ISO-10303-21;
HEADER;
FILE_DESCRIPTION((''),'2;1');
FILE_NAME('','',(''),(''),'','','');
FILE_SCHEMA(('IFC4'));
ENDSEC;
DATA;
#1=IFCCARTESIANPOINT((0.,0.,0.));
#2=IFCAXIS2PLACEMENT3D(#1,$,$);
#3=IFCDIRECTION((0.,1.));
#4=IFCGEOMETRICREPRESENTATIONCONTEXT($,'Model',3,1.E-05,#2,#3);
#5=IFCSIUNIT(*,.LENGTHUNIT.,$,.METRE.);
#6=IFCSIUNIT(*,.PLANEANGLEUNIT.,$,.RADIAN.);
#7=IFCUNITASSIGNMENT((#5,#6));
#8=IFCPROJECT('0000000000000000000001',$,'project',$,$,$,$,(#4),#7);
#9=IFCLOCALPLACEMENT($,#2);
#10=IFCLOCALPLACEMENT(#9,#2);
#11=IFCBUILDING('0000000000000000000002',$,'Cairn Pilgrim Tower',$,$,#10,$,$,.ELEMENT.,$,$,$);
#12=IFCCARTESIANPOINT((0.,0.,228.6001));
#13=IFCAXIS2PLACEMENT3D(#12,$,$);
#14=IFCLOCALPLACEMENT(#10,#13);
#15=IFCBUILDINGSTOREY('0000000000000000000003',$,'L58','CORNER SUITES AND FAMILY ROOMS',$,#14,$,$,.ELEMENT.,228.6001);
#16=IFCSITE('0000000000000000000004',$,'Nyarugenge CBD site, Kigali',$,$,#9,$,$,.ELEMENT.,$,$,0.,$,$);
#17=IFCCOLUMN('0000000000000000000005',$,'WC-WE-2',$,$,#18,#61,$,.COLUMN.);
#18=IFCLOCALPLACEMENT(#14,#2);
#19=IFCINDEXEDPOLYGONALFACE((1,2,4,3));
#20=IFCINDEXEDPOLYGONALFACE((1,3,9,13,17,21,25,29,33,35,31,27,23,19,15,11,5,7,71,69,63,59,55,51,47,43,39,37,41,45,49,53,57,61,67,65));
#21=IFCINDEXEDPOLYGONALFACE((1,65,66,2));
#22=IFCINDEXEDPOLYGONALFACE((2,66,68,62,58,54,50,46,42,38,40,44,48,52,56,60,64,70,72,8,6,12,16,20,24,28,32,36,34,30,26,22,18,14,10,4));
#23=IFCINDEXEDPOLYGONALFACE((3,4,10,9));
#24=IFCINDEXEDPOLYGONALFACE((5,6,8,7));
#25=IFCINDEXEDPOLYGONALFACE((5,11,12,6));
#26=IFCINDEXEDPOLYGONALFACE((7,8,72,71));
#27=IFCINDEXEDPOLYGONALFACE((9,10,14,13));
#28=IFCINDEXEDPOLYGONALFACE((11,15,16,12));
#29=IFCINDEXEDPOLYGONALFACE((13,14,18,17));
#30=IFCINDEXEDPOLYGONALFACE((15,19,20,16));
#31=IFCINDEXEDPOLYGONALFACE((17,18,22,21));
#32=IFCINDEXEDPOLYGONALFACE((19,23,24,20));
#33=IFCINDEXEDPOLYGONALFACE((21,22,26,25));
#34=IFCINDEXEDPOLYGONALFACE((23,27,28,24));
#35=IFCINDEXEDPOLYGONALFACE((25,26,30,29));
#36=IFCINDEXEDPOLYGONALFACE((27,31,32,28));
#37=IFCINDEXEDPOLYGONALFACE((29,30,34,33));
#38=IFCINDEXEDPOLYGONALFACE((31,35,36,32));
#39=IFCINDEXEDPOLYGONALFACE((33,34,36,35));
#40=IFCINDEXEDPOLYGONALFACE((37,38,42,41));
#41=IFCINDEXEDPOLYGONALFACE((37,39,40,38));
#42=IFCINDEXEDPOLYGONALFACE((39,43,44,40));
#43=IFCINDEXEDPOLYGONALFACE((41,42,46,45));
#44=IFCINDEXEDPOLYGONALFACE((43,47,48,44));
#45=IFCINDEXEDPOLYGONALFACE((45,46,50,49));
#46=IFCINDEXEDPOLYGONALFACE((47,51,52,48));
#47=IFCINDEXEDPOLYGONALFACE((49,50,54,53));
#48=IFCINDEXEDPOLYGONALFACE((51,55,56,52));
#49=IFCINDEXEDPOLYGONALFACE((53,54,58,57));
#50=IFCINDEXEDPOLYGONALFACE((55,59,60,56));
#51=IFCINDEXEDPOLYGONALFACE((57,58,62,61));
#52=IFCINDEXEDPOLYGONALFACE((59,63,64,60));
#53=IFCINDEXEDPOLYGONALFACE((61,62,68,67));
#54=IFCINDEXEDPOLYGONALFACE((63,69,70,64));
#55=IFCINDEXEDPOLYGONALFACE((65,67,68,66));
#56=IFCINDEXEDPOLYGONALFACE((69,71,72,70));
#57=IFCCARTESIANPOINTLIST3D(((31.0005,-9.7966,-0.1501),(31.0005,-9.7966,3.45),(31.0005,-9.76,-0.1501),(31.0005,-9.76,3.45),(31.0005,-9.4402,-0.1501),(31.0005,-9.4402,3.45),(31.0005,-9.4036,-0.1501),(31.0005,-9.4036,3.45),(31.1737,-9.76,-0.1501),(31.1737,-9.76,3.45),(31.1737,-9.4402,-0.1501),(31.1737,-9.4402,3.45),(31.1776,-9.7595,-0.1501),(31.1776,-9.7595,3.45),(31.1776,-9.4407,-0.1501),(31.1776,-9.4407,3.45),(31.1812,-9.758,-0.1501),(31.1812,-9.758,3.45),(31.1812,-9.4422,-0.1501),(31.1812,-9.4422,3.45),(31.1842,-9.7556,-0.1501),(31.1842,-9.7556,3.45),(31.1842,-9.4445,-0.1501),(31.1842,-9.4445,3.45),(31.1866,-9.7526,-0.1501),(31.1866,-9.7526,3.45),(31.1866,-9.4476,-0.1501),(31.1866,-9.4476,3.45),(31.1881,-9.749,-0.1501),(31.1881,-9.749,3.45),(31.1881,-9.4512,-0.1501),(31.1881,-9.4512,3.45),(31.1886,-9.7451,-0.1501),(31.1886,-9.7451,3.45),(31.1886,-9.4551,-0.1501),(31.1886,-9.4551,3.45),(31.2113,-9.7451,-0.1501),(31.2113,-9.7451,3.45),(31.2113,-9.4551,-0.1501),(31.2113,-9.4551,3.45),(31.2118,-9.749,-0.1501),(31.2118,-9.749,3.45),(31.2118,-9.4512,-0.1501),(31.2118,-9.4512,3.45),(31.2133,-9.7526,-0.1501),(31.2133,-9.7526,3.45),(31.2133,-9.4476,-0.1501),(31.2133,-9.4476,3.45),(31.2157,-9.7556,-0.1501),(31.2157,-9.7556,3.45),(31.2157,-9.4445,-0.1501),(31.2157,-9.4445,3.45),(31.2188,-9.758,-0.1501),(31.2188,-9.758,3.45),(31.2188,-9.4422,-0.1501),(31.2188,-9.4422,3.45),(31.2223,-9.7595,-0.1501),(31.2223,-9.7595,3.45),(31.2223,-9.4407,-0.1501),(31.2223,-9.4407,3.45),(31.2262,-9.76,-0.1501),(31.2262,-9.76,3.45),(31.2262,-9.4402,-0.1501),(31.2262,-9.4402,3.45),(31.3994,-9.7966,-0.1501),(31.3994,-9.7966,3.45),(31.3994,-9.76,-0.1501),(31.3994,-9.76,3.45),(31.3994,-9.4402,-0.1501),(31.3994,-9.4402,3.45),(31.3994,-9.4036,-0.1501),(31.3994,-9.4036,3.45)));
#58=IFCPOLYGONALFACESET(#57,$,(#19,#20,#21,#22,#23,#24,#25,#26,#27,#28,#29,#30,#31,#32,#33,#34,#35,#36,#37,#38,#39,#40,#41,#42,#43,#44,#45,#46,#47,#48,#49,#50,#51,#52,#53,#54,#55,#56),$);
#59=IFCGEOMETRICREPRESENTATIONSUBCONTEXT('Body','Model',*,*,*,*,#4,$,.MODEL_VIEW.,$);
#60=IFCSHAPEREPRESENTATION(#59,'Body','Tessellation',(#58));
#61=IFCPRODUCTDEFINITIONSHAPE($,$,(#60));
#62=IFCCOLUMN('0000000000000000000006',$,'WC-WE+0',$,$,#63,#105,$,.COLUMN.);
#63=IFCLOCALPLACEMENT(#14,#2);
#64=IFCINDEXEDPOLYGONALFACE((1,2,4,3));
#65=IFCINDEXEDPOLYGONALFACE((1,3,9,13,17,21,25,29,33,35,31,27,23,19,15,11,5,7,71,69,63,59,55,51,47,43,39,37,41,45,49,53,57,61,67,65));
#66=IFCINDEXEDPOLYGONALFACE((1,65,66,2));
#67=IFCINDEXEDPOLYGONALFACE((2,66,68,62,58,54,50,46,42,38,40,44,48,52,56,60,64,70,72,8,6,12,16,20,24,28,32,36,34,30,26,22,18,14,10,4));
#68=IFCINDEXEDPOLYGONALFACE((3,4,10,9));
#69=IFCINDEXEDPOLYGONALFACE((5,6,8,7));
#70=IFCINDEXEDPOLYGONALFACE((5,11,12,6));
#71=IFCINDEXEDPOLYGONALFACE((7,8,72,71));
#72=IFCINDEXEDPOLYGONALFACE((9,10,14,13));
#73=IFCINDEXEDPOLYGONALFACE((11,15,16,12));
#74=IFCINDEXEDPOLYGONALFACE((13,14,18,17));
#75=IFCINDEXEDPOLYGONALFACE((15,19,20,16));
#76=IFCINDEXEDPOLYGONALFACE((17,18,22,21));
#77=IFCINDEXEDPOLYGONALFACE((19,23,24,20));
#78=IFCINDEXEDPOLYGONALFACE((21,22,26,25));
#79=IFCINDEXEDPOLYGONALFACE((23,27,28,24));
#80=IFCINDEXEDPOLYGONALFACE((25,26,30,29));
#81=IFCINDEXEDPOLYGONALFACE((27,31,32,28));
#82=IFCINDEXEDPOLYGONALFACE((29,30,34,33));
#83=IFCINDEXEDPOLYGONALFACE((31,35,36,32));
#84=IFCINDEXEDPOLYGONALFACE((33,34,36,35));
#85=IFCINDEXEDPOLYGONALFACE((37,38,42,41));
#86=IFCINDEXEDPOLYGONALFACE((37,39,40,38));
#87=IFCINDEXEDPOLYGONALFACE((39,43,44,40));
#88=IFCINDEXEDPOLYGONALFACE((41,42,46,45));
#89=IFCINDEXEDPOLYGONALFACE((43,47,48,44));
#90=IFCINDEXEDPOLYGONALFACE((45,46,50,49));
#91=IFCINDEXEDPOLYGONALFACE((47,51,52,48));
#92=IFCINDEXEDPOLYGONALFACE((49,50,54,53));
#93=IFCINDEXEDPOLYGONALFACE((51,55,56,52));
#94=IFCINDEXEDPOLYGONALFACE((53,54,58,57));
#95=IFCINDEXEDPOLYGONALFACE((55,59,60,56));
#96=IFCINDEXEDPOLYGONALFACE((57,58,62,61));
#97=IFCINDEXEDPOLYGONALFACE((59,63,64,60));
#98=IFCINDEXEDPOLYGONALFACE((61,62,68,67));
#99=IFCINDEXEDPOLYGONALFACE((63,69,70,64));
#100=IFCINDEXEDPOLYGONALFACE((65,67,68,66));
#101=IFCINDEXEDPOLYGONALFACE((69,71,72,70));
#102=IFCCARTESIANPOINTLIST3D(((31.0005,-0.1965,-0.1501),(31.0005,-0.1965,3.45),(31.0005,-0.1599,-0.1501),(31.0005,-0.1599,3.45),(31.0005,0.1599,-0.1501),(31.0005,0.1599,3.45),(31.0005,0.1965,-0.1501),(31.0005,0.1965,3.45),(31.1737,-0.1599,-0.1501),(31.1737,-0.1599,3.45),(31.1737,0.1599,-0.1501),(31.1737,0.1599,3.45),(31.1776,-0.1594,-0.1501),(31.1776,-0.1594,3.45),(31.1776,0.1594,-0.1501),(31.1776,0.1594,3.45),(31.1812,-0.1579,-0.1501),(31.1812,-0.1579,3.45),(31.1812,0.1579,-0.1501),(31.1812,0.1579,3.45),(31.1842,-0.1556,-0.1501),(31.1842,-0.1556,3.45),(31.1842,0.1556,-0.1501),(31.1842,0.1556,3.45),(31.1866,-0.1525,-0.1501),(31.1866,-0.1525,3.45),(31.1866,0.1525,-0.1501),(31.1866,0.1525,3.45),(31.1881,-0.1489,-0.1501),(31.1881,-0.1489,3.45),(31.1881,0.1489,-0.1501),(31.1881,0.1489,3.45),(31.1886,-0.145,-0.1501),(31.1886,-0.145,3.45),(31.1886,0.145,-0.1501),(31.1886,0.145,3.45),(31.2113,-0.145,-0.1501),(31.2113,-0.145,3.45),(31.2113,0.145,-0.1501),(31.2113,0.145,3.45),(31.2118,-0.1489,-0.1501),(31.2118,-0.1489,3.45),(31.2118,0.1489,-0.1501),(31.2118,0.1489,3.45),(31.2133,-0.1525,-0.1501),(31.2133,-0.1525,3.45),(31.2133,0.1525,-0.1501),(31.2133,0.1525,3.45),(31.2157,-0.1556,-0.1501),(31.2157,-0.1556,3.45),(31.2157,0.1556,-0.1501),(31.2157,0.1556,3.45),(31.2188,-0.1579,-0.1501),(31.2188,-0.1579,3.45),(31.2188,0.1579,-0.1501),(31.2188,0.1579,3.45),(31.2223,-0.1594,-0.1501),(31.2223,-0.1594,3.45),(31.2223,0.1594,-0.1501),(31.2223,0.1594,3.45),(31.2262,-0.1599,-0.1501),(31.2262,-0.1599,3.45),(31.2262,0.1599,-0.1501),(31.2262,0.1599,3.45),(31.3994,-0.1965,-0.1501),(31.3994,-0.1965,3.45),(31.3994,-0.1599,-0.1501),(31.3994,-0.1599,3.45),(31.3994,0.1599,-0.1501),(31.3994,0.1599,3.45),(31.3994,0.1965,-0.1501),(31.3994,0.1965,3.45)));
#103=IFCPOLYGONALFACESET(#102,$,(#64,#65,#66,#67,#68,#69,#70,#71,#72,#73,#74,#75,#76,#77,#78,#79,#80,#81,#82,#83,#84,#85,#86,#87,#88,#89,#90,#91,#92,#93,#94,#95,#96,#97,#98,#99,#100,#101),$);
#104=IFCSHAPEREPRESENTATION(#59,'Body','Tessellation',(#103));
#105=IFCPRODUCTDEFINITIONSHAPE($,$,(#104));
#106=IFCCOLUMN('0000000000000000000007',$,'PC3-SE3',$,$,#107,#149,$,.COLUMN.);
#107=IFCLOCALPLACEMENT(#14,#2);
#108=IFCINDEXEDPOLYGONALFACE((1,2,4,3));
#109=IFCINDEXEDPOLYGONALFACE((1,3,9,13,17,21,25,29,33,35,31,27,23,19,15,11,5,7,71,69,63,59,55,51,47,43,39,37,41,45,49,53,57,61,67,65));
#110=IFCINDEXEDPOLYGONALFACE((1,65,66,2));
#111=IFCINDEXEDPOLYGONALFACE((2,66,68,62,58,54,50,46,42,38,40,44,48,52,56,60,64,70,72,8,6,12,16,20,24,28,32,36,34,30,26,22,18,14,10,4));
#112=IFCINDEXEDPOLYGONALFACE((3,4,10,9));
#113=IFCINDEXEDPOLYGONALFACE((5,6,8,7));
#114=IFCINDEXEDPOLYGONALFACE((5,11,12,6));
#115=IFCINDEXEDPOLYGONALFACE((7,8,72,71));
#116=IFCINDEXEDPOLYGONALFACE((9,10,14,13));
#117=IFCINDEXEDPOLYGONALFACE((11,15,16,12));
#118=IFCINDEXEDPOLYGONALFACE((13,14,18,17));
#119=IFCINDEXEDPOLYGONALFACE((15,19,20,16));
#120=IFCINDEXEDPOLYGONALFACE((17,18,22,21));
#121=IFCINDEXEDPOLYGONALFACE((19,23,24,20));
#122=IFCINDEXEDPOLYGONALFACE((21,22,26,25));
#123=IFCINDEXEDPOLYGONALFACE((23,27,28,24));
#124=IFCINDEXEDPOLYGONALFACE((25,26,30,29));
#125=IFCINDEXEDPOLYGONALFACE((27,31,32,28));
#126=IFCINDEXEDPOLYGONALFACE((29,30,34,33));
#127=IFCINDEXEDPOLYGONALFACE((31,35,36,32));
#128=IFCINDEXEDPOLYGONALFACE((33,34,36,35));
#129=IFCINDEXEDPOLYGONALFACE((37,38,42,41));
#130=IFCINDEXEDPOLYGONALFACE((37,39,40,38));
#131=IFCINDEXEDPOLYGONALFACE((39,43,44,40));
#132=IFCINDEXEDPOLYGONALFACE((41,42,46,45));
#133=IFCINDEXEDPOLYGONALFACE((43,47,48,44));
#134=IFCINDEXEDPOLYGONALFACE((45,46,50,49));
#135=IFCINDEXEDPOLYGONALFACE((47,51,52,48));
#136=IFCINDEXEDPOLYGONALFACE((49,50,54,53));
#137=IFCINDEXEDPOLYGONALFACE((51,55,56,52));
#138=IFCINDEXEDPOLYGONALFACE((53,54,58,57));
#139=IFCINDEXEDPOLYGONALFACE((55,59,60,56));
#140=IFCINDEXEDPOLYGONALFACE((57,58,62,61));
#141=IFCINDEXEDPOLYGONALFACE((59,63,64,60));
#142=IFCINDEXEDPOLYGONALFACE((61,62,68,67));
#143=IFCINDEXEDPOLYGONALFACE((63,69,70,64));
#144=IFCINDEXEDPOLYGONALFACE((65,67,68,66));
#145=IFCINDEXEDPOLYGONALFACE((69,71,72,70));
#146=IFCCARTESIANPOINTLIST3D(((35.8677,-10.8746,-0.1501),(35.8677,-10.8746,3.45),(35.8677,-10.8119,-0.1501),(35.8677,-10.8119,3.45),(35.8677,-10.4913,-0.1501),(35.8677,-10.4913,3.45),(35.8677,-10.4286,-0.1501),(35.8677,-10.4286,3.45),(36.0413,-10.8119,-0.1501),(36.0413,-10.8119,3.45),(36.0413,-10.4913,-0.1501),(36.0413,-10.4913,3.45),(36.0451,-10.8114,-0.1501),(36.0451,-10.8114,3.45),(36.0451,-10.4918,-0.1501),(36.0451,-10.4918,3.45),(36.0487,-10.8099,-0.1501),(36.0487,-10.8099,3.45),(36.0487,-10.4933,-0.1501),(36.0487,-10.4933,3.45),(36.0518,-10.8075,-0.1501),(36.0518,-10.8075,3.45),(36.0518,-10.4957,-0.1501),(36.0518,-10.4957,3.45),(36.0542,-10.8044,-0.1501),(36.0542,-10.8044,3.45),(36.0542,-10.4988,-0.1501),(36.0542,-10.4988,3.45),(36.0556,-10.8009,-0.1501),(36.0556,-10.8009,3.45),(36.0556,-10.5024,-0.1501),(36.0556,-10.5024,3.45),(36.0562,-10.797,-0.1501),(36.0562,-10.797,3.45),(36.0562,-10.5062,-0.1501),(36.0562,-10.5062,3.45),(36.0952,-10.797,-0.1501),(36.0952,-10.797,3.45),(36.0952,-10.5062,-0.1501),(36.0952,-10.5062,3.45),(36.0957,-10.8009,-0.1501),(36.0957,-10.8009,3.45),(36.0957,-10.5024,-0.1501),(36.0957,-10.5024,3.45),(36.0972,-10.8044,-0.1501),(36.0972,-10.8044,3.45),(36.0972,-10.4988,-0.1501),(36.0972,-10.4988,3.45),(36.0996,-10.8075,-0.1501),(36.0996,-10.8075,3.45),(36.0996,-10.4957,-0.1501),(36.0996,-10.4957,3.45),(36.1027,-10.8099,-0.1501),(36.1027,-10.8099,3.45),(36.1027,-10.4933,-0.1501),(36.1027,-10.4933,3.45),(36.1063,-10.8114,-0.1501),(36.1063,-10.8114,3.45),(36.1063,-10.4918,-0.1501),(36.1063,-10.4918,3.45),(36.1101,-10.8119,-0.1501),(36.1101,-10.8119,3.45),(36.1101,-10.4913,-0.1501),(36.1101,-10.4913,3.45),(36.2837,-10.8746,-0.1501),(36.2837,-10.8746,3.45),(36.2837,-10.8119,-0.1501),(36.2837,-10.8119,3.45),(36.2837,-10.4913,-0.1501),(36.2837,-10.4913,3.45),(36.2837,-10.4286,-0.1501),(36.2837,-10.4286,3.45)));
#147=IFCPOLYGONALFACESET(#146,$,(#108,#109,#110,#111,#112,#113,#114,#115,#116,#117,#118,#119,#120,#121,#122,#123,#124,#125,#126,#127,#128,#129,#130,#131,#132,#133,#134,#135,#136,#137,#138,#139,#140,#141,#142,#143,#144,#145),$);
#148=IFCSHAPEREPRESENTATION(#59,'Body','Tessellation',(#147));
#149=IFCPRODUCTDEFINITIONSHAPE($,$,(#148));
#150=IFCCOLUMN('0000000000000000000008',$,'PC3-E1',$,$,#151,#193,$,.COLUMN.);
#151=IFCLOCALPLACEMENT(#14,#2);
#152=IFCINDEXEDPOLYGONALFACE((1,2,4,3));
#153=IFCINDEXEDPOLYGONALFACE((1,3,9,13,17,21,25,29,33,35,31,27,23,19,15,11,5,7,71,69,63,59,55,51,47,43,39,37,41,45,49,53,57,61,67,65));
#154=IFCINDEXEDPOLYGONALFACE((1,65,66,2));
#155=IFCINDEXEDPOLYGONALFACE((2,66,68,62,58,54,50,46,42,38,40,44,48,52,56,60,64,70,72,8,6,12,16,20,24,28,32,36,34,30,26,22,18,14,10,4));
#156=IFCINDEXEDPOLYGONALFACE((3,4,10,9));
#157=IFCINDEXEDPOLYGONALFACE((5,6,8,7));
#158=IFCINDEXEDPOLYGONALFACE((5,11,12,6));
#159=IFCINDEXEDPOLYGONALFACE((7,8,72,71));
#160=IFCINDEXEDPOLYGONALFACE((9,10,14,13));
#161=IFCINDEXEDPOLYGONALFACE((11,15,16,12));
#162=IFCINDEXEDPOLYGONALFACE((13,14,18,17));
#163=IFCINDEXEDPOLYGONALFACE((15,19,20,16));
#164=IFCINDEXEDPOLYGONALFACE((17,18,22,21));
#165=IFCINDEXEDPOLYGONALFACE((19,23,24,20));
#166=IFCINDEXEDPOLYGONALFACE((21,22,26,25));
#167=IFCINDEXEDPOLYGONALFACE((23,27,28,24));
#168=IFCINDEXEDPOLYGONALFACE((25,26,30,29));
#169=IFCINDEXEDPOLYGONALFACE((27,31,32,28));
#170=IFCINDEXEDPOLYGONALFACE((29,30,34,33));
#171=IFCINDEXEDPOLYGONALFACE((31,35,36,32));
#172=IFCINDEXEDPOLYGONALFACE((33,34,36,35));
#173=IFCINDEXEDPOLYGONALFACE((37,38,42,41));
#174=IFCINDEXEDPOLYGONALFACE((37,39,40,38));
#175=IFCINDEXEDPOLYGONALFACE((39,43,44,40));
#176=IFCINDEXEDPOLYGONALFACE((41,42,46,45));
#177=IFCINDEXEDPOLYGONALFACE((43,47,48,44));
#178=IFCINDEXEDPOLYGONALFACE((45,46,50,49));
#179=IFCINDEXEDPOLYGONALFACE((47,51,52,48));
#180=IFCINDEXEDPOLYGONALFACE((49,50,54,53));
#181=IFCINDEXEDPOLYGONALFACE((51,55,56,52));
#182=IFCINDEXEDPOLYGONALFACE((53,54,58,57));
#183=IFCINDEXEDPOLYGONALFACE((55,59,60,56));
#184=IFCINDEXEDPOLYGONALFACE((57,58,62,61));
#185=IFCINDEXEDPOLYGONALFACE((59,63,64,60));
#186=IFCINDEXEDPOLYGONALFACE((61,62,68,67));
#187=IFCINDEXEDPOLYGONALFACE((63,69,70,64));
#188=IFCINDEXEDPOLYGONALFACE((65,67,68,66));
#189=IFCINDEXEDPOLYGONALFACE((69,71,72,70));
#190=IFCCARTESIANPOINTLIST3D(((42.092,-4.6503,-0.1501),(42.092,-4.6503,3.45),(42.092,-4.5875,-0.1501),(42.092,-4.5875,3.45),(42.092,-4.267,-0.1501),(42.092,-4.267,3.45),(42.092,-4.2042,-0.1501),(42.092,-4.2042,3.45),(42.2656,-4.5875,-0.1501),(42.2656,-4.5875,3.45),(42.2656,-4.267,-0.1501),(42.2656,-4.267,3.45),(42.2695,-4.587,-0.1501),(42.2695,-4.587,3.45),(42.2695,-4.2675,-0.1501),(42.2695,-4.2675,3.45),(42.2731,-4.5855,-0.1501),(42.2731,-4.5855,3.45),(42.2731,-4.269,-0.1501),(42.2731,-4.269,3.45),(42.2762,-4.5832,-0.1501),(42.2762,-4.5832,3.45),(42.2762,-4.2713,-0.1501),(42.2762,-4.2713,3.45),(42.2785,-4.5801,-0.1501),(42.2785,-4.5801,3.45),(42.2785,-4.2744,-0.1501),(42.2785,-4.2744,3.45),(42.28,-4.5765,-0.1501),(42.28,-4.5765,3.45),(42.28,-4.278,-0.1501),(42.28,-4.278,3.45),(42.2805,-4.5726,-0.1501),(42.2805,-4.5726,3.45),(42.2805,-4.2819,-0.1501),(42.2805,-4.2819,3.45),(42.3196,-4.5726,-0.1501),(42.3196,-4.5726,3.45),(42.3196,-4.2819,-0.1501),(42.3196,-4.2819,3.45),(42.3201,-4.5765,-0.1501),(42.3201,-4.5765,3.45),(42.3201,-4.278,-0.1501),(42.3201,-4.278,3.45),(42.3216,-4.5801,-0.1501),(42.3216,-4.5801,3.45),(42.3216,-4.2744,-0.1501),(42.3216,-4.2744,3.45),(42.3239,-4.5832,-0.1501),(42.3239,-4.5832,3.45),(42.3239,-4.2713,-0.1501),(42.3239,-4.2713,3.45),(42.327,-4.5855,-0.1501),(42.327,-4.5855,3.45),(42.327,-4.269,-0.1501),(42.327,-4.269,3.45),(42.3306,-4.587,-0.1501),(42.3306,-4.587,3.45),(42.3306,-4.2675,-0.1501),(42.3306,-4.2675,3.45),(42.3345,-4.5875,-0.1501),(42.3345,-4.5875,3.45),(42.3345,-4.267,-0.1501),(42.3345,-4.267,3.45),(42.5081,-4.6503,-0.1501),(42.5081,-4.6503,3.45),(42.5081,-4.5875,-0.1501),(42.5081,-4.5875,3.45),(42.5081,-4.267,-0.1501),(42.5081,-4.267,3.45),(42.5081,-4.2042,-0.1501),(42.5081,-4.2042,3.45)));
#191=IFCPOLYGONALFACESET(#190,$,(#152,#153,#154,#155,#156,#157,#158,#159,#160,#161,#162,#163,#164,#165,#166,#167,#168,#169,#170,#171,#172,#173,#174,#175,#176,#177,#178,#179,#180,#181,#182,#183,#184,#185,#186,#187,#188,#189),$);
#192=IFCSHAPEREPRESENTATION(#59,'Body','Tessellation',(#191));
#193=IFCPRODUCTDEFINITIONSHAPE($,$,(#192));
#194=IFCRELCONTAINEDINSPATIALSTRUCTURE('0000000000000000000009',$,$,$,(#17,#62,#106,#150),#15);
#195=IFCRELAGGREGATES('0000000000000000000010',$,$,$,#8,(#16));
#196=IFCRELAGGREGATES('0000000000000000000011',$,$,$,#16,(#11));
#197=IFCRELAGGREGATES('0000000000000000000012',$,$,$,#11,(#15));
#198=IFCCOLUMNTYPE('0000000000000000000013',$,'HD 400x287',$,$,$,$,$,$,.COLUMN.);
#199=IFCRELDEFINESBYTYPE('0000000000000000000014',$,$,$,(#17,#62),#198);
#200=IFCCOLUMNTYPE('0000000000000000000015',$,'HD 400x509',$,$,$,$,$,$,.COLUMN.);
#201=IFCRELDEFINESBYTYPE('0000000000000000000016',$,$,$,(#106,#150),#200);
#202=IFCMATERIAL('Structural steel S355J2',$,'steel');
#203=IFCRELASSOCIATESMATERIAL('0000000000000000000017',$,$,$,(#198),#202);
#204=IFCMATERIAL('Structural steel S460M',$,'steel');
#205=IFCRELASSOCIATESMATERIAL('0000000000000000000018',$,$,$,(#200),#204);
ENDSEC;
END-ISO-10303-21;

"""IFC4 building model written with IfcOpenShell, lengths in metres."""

from ifc_helpers import new_model, si_unit, direction, frame, origin, origin_2d, place, context, subcontext, project, spatial, i_section, extrude, material, material_profile, profile_set, type_object, element, save


model = new_model("IFC4")

# Units and contexts
model_context = context("Model", 3, precision=1e-05, world=origin(), true_north=direction((0.0, 1.0)))
body_context = subcontext(model_context, "Body", "Model", "MODEL_VIEW")
ifc_project = project(units=[si_unit("LENGTHUNIT", "METRE"), si_unit("PLANEANGLEUNIT", "RADIAN")], contexts=[model_context])

# Site, building, storey
site_placement = place(None, origin())
site = spatial("IfcSite", under=ifc_project, at=site_placement, Name="Nyarugenge CBD site, Kigali", CompositionType="ELEMENT", RefElevation=0.0)
building_placement = place(site_placement, origin())
building = spatial("IfcBuilding", under=site, at=building_placement, Name="Cairn Pilgrim Tower", CompositionType="ELEMENT")
storey_placement = place(building_placement, frame((0.0, 0.0, 228.6001)))
storey = spatial("IfcBuildingStorey", under=building, at=storey_placement, Name="L58", Description="CORNER SUITES AND FAMILY ROOMS", CompositionType="ELEMENT", Elevation=228.6001)

# Columns
ifc_material_1 = material(Name="Structural steel S355J2", Category="steel")
ifc_material_profile_1 = material_profile(ifc_material_1, i_section(OverallWidth=0.3989, OverallDepth=0.3931, WebThickness=0.0227, FlangeThickness=0.0366, FilletRadius=0.0149, at=origin_2d()), Name="HD 400x287")
ifc_profile_set_1 = profile_set([ifc_material_profile_1], Name="Structural steel S355J2")
column_type_1 = type_object("IfcColumnType", Name="HD 400x287", PredefinedType="COLUMN", material=ifc_profile_set_1)
for number, where, z_axis, x_axis, name in (
    (1, (31.2, -9.6001, -0.1501), (0.0, 0.0, 1.0), (1.0, 0.0, 0.0), "WC-WE-2"),
    (2, (31.2, 0.0, -0.1501), (0.0, 0.0, 1.0), (1.0, 0.0, 0.0), "WC-WE+0"),
):
    element("IfcColumn", number, at=place(storey_placement, frame(where, z_axis=z_axis, x_axis=x_axis)), inside=storey, type_object=column_type_1, Name=name, PredefinedType="COLUMN", context=body_context, shape_type="SweptSolid", body=[
        extrude(i_section(OverallWidth=0.3989, OverallDepth=0.3931, WebThickness=0.0227, FlangeThickness=0.0366, FilletRadius=0.0149, at=origin_2d()), origin(), (0.0, 0.0, 1.0), 3.6001),
    ])
ifc_material_2 = material(Name="Structural steel S460M", Category="steel")
ifc_material_profile_2 = material_profile(ifc_material_2, i_section(OverallWidth=0.416, OverallDepth=0.446, WebThickness=0.0391, FlangeThickness=0.0627, FilletRadius=0.0149, at=origin_2d()), Name="HD 400x509")
ifc_profile_set_2 = profile_set([ifc_material_profile_2], Name="Structural steel S460M")
column_type_2 = type_object("IfcColumnType", Name="HD 400x509", PredefinedType="COLUMN", material=ifc_profile_set_2)
for number, where, z_axis, x_axis, name in (
    (3, (36.0757, -10.6516, -0.1501), (0.0, 0.0, 1.0), (1.0, 0.0, 0.0), "PC3-SE3"),
    (4, (42.3, -4.4272, -0.1501), (0.0, 0.0, 1.0), (1.0, 0.0, 0.0), "PC3-E1"),
):
    element("IfcColumn", number, at=place(storey_placement, frame(where, z_axis=z_axis, x_axis=x_axis)), inside=storey, type_object=column_type_2, Name=name, PredefinedType="COLUMN", context=body_context, shape_type="SweptSolid", body=[
        extrude(i_section(OverallWidth=0.416, OverallDepth=0.446, WebThickness=0.0391, FlangeThickness=0.0627, FilletRadius=0.0149, at=origin_2d()), origin(), (0.0, 0.0, 1.0), 3.6001),
    ])

save(model, "model.ifc")
